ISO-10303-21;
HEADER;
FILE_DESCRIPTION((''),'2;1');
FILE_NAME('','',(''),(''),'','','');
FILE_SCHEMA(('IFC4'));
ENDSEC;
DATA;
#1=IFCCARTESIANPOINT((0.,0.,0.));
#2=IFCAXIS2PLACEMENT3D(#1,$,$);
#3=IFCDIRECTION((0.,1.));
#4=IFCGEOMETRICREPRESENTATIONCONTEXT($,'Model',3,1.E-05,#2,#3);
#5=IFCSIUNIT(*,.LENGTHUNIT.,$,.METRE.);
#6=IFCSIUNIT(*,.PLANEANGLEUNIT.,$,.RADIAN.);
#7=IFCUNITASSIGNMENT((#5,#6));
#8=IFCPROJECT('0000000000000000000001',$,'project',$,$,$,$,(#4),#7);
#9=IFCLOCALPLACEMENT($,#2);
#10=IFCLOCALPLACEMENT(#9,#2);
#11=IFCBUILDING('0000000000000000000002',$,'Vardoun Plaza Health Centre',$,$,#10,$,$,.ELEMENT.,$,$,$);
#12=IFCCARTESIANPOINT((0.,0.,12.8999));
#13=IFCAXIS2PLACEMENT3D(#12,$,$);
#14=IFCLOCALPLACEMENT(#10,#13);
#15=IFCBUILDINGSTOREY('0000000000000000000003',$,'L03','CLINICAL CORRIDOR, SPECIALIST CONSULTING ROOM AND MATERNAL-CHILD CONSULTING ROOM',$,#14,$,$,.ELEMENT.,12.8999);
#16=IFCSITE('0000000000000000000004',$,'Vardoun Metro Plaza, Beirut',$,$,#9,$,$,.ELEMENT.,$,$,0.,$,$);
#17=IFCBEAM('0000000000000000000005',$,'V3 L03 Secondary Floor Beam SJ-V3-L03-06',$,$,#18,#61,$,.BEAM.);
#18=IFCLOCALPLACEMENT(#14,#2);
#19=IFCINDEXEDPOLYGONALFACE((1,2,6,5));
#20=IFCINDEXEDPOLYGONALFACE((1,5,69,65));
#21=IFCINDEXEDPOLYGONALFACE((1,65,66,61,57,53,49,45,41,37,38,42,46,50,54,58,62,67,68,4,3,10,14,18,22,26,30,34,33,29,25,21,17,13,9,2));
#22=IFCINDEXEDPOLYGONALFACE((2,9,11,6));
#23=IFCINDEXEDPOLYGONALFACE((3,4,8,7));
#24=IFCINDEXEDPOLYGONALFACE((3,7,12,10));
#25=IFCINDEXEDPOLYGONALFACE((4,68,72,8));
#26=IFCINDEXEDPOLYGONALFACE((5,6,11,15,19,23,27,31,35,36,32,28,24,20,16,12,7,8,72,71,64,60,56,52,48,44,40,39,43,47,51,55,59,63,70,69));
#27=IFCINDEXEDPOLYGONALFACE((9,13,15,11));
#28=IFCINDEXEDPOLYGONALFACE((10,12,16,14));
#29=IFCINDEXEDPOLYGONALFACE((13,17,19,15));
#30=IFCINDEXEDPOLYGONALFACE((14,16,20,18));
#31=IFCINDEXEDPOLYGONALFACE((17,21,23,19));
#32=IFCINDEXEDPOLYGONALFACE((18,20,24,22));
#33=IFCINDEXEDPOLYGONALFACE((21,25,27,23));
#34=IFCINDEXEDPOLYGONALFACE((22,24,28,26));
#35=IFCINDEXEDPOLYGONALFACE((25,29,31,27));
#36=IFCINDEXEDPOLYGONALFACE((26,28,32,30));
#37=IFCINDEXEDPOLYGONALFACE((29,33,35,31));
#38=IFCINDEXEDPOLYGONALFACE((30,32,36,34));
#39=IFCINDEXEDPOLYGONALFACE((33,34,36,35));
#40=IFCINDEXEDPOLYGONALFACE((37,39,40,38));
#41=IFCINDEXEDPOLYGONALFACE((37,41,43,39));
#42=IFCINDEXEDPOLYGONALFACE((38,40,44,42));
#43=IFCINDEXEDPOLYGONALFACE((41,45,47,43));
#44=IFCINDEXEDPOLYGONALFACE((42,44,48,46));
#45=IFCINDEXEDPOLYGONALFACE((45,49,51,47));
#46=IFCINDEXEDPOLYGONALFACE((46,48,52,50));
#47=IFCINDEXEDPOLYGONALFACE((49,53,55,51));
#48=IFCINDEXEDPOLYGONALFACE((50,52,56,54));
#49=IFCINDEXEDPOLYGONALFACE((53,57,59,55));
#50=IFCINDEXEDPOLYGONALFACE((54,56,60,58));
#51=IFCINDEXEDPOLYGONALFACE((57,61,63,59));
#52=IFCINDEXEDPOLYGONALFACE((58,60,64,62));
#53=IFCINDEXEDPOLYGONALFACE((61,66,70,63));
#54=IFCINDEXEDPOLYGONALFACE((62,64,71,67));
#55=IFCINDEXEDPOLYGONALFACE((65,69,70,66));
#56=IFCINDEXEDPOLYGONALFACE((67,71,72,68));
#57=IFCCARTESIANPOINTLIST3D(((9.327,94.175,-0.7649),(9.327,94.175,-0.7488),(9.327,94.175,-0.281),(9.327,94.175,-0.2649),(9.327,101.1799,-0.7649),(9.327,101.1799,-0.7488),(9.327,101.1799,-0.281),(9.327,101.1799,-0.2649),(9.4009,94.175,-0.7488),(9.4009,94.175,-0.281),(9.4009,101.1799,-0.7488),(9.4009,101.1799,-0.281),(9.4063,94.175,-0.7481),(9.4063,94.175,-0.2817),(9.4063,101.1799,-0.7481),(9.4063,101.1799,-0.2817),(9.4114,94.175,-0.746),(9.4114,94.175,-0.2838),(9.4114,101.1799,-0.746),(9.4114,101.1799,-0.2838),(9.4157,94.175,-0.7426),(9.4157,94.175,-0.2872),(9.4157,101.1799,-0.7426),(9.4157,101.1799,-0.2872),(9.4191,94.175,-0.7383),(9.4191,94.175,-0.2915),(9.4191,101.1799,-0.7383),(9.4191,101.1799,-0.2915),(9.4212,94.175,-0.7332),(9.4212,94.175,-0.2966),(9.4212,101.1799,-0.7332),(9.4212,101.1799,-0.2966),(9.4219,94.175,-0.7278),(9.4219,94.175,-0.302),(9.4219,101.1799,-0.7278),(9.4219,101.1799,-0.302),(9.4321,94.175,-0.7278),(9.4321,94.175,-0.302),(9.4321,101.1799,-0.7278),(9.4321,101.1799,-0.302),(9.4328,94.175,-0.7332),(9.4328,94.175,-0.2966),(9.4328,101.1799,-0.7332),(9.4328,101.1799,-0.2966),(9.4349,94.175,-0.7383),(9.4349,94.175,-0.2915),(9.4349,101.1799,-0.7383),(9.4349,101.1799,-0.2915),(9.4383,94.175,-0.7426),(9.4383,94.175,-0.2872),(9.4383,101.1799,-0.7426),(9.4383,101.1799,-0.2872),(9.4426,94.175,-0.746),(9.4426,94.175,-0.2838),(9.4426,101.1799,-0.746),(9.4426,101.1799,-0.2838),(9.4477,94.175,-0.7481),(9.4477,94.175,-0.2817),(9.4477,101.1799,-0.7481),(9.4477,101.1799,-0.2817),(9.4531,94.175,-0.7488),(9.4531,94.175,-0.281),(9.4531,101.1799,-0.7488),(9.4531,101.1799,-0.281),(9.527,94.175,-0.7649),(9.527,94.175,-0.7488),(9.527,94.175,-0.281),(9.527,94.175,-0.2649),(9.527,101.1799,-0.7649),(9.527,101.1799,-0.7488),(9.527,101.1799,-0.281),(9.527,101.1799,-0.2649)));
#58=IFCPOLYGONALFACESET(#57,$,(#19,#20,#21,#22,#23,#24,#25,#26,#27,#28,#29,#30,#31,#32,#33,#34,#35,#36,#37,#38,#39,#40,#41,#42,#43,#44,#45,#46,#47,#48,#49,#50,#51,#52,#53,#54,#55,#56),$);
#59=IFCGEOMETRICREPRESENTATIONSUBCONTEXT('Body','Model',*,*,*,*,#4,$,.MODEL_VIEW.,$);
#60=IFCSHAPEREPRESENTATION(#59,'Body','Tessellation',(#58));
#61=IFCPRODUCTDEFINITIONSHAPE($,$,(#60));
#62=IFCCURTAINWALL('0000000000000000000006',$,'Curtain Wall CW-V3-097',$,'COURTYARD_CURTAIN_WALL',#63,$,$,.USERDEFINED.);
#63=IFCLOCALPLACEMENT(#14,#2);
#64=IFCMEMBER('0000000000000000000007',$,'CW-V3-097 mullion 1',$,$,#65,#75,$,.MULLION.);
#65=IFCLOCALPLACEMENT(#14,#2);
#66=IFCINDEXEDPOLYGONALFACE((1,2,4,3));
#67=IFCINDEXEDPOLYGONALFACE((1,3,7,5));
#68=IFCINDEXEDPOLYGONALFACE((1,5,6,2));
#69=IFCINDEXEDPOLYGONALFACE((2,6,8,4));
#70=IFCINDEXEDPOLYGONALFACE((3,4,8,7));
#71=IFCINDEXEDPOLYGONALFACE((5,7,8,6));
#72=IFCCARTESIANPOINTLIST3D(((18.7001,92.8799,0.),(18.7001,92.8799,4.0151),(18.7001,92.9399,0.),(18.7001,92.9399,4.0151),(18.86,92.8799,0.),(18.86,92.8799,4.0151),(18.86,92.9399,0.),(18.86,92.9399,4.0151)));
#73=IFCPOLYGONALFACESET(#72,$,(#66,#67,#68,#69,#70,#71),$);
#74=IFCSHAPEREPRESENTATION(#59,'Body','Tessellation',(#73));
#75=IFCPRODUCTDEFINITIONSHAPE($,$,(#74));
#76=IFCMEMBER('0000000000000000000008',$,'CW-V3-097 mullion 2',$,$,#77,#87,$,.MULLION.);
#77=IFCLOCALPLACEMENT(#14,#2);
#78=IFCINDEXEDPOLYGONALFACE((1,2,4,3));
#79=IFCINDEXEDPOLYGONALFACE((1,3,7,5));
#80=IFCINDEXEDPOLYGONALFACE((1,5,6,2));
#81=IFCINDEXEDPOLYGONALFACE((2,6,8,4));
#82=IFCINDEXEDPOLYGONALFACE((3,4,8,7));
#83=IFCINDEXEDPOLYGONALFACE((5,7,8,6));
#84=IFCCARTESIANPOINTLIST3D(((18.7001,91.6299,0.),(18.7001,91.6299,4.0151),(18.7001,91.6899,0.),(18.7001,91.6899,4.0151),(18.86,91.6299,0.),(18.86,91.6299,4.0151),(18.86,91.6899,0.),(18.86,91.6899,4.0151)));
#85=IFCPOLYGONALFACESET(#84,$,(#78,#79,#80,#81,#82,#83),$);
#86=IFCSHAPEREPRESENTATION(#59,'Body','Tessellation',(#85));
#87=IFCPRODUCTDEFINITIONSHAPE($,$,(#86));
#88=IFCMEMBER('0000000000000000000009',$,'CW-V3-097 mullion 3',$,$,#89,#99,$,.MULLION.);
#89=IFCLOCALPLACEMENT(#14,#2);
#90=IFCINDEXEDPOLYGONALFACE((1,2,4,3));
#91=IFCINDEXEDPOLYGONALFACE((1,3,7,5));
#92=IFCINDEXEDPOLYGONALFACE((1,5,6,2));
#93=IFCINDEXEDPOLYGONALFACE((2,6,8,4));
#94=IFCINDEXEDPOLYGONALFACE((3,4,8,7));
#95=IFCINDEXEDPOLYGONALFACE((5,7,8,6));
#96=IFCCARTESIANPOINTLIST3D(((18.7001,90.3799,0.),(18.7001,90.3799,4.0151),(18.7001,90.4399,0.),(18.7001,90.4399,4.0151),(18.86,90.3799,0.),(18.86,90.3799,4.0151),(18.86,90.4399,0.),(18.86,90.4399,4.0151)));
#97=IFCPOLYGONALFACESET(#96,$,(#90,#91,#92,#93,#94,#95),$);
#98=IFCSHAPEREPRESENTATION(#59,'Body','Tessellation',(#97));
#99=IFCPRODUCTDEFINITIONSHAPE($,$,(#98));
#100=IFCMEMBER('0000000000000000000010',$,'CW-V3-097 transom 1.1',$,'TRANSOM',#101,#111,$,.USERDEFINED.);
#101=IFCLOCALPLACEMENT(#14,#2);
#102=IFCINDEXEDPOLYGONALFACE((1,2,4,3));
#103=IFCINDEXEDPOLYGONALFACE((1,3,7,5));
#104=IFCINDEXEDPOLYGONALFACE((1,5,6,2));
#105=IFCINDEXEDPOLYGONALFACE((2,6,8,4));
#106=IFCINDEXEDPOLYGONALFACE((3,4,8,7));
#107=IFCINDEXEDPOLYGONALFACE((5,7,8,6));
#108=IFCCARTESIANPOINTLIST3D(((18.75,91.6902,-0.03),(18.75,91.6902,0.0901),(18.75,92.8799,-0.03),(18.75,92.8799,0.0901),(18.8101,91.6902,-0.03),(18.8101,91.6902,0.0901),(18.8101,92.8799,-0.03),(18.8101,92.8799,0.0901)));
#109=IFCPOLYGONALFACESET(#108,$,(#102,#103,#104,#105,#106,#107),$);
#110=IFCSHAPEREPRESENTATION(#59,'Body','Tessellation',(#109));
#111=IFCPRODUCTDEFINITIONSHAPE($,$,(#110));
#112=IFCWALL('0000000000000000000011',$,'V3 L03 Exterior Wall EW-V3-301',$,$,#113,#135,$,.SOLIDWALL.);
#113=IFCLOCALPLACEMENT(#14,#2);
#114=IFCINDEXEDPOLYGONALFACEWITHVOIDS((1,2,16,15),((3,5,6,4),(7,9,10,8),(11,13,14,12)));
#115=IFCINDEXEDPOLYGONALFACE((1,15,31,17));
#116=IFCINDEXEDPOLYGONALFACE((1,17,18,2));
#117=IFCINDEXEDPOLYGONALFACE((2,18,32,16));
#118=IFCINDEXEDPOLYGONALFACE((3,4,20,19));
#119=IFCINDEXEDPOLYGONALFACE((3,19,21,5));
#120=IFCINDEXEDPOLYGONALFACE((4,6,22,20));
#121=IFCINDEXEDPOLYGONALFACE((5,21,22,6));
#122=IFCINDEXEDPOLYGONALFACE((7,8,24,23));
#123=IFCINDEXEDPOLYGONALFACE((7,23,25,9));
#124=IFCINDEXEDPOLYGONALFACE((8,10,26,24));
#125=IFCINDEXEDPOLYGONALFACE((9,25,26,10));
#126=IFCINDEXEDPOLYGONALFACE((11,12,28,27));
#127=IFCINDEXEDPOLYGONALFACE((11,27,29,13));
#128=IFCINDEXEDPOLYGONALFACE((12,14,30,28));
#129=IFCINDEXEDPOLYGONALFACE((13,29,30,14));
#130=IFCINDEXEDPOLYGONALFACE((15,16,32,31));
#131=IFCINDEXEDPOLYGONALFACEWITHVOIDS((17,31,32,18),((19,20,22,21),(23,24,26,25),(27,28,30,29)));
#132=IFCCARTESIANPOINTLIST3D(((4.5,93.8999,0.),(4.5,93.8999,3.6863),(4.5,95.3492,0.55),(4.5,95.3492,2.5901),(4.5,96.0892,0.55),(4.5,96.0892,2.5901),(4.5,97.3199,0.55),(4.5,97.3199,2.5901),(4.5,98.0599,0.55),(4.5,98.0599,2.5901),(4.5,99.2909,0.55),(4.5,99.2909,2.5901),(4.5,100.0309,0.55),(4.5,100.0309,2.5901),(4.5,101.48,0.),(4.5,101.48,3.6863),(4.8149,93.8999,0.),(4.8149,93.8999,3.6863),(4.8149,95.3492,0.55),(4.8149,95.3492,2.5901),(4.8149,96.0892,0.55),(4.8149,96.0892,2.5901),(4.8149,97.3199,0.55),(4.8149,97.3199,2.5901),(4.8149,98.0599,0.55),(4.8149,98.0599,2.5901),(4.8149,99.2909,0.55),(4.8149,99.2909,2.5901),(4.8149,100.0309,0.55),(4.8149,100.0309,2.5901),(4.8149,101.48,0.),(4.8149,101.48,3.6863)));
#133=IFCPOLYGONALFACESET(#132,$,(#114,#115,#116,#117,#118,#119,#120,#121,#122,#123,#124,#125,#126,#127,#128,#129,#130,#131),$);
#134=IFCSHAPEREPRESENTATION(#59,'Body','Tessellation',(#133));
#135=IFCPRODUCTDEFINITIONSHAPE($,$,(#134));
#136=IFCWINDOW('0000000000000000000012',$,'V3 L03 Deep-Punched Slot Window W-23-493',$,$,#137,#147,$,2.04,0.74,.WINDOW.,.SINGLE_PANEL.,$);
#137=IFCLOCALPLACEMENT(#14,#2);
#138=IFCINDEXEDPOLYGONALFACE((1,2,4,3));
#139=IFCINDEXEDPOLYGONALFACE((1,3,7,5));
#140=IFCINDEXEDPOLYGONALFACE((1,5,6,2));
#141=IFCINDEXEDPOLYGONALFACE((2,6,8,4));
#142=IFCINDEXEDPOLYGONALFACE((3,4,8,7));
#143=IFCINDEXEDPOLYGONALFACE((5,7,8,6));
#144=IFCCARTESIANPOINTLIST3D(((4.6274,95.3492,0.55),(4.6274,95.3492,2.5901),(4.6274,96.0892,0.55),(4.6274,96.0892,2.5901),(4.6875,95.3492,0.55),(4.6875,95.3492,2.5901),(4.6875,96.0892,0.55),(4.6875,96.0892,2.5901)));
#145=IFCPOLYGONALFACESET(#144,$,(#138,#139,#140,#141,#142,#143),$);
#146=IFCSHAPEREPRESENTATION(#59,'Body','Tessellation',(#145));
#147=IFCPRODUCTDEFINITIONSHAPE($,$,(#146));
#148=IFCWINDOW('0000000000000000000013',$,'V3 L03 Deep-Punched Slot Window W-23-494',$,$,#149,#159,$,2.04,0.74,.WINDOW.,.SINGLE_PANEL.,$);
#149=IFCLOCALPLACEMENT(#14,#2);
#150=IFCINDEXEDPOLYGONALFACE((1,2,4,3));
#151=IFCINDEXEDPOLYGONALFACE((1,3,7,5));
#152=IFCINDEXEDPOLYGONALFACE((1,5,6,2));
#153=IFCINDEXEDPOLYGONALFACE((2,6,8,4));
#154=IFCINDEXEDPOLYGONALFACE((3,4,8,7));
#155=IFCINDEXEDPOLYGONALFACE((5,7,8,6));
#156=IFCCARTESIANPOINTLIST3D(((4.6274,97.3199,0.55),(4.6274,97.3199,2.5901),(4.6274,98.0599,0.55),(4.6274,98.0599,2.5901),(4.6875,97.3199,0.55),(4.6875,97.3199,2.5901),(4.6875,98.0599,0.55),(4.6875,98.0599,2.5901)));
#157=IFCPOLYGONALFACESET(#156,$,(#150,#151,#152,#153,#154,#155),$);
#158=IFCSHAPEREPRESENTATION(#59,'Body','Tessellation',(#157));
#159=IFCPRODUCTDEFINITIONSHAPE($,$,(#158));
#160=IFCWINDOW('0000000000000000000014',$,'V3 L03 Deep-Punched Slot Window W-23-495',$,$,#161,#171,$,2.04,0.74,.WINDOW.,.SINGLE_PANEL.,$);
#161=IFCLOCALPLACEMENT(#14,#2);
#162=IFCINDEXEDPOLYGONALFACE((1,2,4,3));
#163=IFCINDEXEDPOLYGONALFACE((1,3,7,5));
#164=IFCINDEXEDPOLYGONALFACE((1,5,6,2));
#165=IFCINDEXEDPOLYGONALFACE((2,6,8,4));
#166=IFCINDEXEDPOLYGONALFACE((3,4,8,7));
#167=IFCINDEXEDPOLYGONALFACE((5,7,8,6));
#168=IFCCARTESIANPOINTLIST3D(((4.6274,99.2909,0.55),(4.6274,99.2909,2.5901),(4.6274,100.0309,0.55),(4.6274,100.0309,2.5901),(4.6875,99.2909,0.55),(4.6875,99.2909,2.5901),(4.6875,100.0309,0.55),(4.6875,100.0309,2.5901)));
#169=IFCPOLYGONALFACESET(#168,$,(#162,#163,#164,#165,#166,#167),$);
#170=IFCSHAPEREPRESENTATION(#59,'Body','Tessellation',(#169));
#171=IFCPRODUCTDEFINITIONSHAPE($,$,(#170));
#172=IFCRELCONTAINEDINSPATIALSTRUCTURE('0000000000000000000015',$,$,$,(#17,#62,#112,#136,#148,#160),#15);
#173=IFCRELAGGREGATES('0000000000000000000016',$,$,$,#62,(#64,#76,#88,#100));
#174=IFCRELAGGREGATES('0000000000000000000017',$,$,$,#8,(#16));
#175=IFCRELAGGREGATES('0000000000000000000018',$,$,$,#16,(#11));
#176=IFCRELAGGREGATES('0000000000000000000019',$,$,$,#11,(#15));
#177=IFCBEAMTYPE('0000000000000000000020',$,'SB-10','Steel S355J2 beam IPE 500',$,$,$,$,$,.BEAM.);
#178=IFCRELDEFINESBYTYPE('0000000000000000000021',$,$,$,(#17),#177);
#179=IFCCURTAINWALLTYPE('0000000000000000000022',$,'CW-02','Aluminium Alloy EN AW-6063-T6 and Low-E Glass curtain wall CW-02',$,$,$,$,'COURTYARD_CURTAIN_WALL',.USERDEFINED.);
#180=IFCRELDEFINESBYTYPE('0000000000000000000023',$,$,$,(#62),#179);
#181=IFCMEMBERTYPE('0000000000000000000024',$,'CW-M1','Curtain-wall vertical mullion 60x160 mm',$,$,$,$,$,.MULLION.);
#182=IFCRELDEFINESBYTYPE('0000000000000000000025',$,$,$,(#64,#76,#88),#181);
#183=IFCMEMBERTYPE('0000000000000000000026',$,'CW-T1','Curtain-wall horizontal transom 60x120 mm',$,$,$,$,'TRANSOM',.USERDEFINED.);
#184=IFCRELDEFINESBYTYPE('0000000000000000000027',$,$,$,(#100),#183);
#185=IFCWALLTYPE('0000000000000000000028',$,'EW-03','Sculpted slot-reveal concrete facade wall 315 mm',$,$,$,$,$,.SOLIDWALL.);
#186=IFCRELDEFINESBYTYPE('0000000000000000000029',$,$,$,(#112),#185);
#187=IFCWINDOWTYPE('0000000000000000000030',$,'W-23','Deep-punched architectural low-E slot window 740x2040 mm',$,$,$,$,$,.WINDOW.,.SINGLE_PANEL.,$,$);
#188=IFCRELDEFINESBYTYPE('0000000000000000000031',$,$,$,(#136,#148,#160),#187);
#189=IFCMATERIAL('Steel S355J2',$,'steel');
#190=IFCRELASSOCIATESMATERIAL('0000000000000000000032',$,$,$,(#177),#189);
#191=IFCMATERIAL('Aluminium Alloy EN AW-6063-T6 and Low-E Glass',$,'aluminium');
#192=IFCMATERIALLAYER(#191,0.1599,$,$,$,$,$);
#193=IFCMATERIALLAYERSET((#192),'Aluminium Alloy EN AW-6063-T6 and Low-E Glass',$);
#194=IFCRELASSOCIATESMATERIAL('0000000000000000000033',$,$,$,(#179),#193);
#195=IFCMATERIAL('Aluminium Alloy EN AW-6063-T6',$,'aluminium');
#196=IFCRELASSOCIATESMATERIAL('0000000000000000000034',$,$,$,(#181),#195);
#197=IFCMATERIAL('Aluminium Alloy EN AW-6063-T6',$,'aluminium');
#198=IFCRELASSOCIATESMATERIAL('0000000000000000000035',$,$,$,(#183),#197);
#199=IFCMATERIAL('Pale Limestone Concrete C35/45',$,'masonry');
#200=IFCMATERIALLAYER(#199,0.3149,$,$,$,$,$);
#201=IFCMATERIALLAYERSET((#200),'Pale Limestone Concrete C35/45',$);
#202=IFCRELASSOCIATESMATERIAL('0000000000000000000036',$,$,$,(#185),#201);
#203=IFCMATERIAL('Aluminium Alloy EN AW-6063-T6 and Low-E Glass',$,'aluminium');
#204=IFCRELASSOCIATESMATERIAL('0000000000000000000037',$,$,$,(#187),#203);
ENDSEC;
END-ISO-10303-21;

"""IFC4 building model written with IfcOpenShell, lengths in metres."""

from ifc_helpers import new_model, si_unit, direction, frame, frame_2d, origin, origin_2d, place, context, subcontext, project, spatial, rectangle, i_section, extrude, material, layer, layer_set, material_profile, profile_set, type_object, element, fill, aggregate, save


model = new_model("IFC4")

# Units and contexts
model_context = context("Model", 3, precision=1e-05, world=origin(), true_north=direction((0.0, 1.0)))
body_context = subcontext(model_context, "Body", "Model", "MODEL_VIEW")
ifc_project = project(units=[si_unit("LENGTHUNIT", "METRE"), si_unit("PLANEANGLEUNIT", "RADIAN")], contexts=[model_context])

# Site, building, storey
site_placement = place(None, origin())
site = spatial("IfcSite", under=ifc_project, at=site_placement, Name="Vardoun Metro Plaza, Beirut", CompositionType="ELEMENT", RefElevation=0.0)
building_placement = place(site_placement, origin())
building = spatial("IfcBuilding", under=site, at=building_placement, Name="Vardoun Plaza Health Centre", CompositionType="ELEMENT")
storey_placement = place(building_placement, frame((0.0, 0.0, 12.8999)))
storey = spatial("IfcBuildingStorey", under=building, at=storey_placement, Name="L03", Description="CLINICAL CORRIDOR, SPECIALIST CONSULTING ROOM AND MATERNAL-CHILD CONSULTING ROOM", CompositionType="ELEMENT", Elevation=12.8999)

# Beam
ifc_material_1 = material(Name="Steel S355J2", Category="steel")
ifc_material_profile_1 = material_profile(ifc_material_1, i_section(OverallWidth=0.2, OverallDepth=0.5, WebThickness=0.0103, FlangeThickness=0.0161, FilletRadius=0.021, at=origin_2d()), Name="IPE 500")
ifc_profile_set_1 = profile_set([ifc_material_profile_1], Name="Steel S355J2")
beam_type_1 = type_object("IfcBeamType", Name="SB-10", Description="Steel S355J2 beam IPE 500", PredefinedType="BEAM", material=ifc_profile_set_1)
beam_1_placement = place(storey_placement, frame((9.427, 94.175, -0.5149), z_axis=(0.0, 1.0, 0.0), x_axis=(-1.0, 0.0, 0.0)))
element("IfcBeam", 1, at=beam_1_placement, inside=storey, type_object=beam_type_1, Name="V3 L03 Secondary Floor Beam SJ-V3-L03-06", PredefinedType="BEAM", context=body_context, shape_type="SweptSolid", body=[
    extrude(i_section(OverallWidth=0.2, OverallDepth=0.5, WebThickness=0.0103, FlangeThickness=0.0161, FilletRadius=0.021, at=origin_2d()), origin(), (0.0, 0.0, 1.0), 7.0049),
])

# Curtain wall, members
ifc_material_2 = material(Name="Aluminium Alloy EN AW-6063-T6 and Low-E Glass", Category="aluminium")
ifc_layer_1 = layer(ifc_material_2, 0.1599)
ifc_layer_set_1 = layer_set([ifc_layer_1], Name="Aluminium Alloy EN AW-6063-T6 and Low-E Glass")
curtain_wall_type = type_object("IfcCurtainWallType", Name="CW-02", Description="Aluminium Alloy EN AW-6063-T6 and Low-E Glass curtain wall CW-02", ElementType="COURTYARD_CURTAIN_WALL", PredefinedType="USERDEFINED", material=ifc_layer_set_1)
curtain_wall_placement = place(storey_placement, origin())
curtain_wall = element("IfcCurtainWall", 2, at=curtain_wall_placement, inside=storey, type_object=curtain_wall_type, Name="Curtain Wall CW-V3-097", ObjectType="COURTYARD_CURTAIN_WALL", PredefinedType="USERDEFINED")
ifc_material_3 = material(Name="Aluminium Alloy EN AW-6063-T6", Category="aluminium")
ifc_material_profile_2 = material_profile(ifc_material_3, rectangle(XDim=0.1599, YDim=0.0601, at=origin_2d()), Name="CWM 60x160")
ifc_profile_set_2 = profile_set([ifc_material_profile_2], Name="Aluminium Alloy EN AW-6063-T6")
member_type_1 = type_object("IfcMemberType", Name="CW-M1", Description="Curtain-wall vertical mullion 60x160 mm", PredefinedType="MULLION", material=ifc_profile_set_2)
member_1_placement = place(storey_placement, frame((18.78, 92.9099, 0.0), z_axis=(0.0, 0.0, 1.0), x_axis=(1.0, 0.0, 0.0)))
member_1 = element("IfcMember", 3, at=member_1_placement, type_object=member_type_1, Name="CW-V3-097 mullion 1", PredefinedType="MULLION", context=body_context, shape_type="SweptSolid", body=[
    extrude(rectangle(XDim=0.1599, YDim=0.0601, at=origin_2d()), origin(), (0.0, 0.0, 1.0), 4.0151),
])
member_2_placement = place(storey_placement, frame((18.78, 91.6599, 0.0), z_axis=(0.0, 0.0, 1.0), x_axis=(1.0, 0.0, 0.0)))
member_2 = element("IfcMember", 4, at=member_2_placement, type_object=member_type_1, Name="CW-V3-097 mullion 2", PredefinedType="MULLION", context=body_context, shape_type="SweptSolid", body=[
    extrude(rectangle(XDim=0.1599, YDim=0.0601, at=origin_2d()), origin(), (0.0, 0.0, 1.0), 4.0151),
])
member_3_placement = place(storey_placement, frame((18.78, 90.4099, 0.0), z_axis=(0.0, 0.0, 1.0), x_axis=(1.0, 0.0, 0.0)))
member_3 = element("IfcMember", 5, at=member_3_placement, type_object=member_type_1, Name="CW-V3-097 mullion 3", PredefinedType="MULLION", context=body_context, shape_type="SweptSolid", body=[
    extrude(rectangle(XDim=0.1599, YDim=0.0601, at=origin_2d()), origin(), (0.0, 0.0, 1.0), 4.0151),
])
ifc_material_4 = material(Name="Aluminium Alloy EN AW-6063-T6", Category="aluminium")
ifc_material_profile_3 = material_profile(ifc_material_4, rectangle(XDim=0.0601, YDim=0.1201, at=origin_2d()), Name="CWT 60x120")
ifc_profile_set_3 = profile_set([ifc_material_profile_3], Name="Aluminium Alloy EN AW-6063-T6")
member_type_2 = type_object("IfcMemberType", Name="CW-T1", Description="Curtain-wall horizontal transom 60x120 mm", ElementType="TRANSOM", PredefinedType="USERDEFINED", material=ifc_profile_set_3)
member_4_placement = place(storey_placement, frame((18.78, 92.8799, 0.03), z_axis=(0.0, -1.0, 0.0), x_axis=(1.0, 0.0, 0.0)))
member_4 = element("IfcMember", 6, at=member_4_placement, type_object=member_type_2, Name="CW-V3-097 transom 1.1", ObjectType="TRANSOM", PredefinedType="USERDEFINED", context=body_context, shape_type="SweptSolid", body=[
    extrude(rectangle(XDim=0.0601, YDim=0.1201, at=origin_2d()), origin(), (0.0, 0.0, 1.0), 1.1897),
])
aggregate(curtain_wall, [member_1, member_2, member_3, member_4])

# Wall, openings, windows
ifc_material_5 = material(Name="Pale Limestone Concrete C35/45", Category="masonry")
ifc_layer_2 = layer(ifc_material_5, 0.3149)
ifc_layer_set_2 = layer_set([ifc_layer_2], Name="Pale Limestone Concrete C35/45")
wall_type = type_object("IfcWallType", Name="EW-03", Description="Sculpted slot-reveal concrete facade wall 315 mm", PredefinedType="SOLIDWALL", material=ifc_layer_set_2)
wall_placement = place(storey_placement, frame((4.6575, 93.8999, 0.0), z_axis=(0.0, 0.0, 1.0), x_axis=(0.0, 1.0, 0.0)))
wall = element("IfcWall", 7, at=wall_placement, inside=storey, type_object=wall_type, Name="V3 L03 Exterior Wall EW-V3-301", PredefinedType="SOLIDWALL", context=body_context, shape_type="SweptSolid", body=[
    extrude(rectangle(XDim=7.5801, YDim=0.3149, at=frame_2d((3.79, 0.0))), origin(), (0.0, 0.0, 1.0), 3.6863),
])
opening_1_placement = place(wall_placement, frame((1.4492, 0.0, 0.55)))
opening_1 = element("IfcOpeningElement", 8, at=opening_1_placement, cuts=wall, PredefinedType="OPENING", context=body_context, shape_type="SweptSolid", body=[
    extrude(rectangle(XDim=0.74, YDim=2.04, at=frame_2d((0.3701, 1.02))), frame((0.0, 0.1575, 0.0), z_axis=(0.0, -1.0, 0.0), x_axis=(1.0, 0.0, 0.0)), (0.0, 0.0, 1.0), 0.3149),
])
opening_2_placement = place(wall_placement, frame((3.4199, 0.0, 0.55)))
opening_2 = element("IfcOpeningElement", 9, at=opening_2_placement, cuts=wall, PredefinedType="OPENING", context=body_context, shape_type="SweptSolid", body=[
    extrude(rectangle(XDim=0.74, YDim=2.04, at=frame_2d((0.3701, 1.02))), frame((0.0, 0.1575, 0.0), z_axis=(0.0, -1.0, 0.0), x_axis=(1.0, 0.0, 0.0)), (0.0, 0.0, 1.0), 0.3149),
])
opening_3_placement = place(wall_placement, frame((5.3909, 0.0, 0.55)))
opening_3 = element("IfcOpeningElement", 10, at=opening_3_placement, cuts=wall, PredefinedType="OPENING", context=body_context, shape_type="SweptSolid", body=[
    extrude(rectangle(XDim=0.74, YDim=2.04, at=frame_2d((0.3701, 1.02))), frame((0.0, 0.1575, 0.0), z_axis=(0.0, -1.0, 0.0), x_axis=(1.0, 0.0, 0.0)), (0.0, 0.0, 1.0), 0.3149),
])
ifc_material_6 = material(Name="Aluminium Alloy EN AW-6063-T6 and Low-E Glass", Category="aluminium")
window_type = type_object("IfcWindowType", Name="W-23", Description="Deep-punched architectural low-E slot window 740x2040 mm", PartitioningType="SINGLE_PANEL", PredefinedType="WINDOW", material=ifc_material_6)
window_1_placement = place(opening_1_placement, origin())
window_1 = element("IfcWindow", 11, at=window_1_placement, inside=storey, type_object=window_type, Name="V3 L03 Deep-Punched Slot Window W-23-493", OverallHeight=2.04, OverallWidth=0.74, PartitioningType="SINGLE_PANEL", PredefinedType="WINDOW", context=body_context, shape_type="SweptSolid", body=[
    extrude(rectangle(XDim=0.74, YDim=2.04, at=frame_2d((0.3701, 1.02))), frame((0.0, 0.03, 0.0), z_axis=(0.0, -1.0, 0.0), x_axis=(1.0, 0.0, 0.0)), (0.0, 0.0, 1.0), 0.0601),
])
fill(opening_1, window_1)
window_2_placement = place(opening_2_placement, origin())
window_2 = element("IfcWindow", 12, at=window_2_placement, inside=storey, type_object=window_type, Name="V3 L03 Deep-Punched Slot Window W-23-494", OverallHeight=2.04, OverallWidth=0.74, PartitioningType="SINGLE_PANEL", PredefinedType="WINDOW", context=body_context, shape_type="SweptSolid", body=[
    extrude(rectangle(XDim=0.74, YDim=2.04, at=frame_2d((0.3701, 1.02))), frame((0.0, 0.03, 0.0), z_axis=(0.0, -1.0, 0.0), x_axis=(1.0, 0.0, 0.0)), (0.0, 0.0, 1.0), 0.0601),
])
fill(opening_2, window_2)
window_3_placement = place(opening_3_placement, origin())
window_3 = element("IfcWindow", 13, at=window_3_placement, inside=storey, type_object=window_type, Name="V3 L03 Deep-Punched Slot Window W-23-495", OverallHeight=2.04, OverallWidth=0.74, PartitioningType="SINGLE_PANEL", PredefinedType="WINDOW", context=body_context, shape_type="SweptSolid", body=[
    extrude(rectangle(XDim=0.74, YDim=2.04, at=frame_2d((0.3701, 1.02))), frame((0.0, 0.03, 0.0), z_axis=(0.0, -1.0, 0.0), x_axis=(1.0, 0.0, 0.0)), (0.0, 0.0, 1.0), 0.0601),
])
fill(opening_3, window_3)

save(model, "model.ifc")
